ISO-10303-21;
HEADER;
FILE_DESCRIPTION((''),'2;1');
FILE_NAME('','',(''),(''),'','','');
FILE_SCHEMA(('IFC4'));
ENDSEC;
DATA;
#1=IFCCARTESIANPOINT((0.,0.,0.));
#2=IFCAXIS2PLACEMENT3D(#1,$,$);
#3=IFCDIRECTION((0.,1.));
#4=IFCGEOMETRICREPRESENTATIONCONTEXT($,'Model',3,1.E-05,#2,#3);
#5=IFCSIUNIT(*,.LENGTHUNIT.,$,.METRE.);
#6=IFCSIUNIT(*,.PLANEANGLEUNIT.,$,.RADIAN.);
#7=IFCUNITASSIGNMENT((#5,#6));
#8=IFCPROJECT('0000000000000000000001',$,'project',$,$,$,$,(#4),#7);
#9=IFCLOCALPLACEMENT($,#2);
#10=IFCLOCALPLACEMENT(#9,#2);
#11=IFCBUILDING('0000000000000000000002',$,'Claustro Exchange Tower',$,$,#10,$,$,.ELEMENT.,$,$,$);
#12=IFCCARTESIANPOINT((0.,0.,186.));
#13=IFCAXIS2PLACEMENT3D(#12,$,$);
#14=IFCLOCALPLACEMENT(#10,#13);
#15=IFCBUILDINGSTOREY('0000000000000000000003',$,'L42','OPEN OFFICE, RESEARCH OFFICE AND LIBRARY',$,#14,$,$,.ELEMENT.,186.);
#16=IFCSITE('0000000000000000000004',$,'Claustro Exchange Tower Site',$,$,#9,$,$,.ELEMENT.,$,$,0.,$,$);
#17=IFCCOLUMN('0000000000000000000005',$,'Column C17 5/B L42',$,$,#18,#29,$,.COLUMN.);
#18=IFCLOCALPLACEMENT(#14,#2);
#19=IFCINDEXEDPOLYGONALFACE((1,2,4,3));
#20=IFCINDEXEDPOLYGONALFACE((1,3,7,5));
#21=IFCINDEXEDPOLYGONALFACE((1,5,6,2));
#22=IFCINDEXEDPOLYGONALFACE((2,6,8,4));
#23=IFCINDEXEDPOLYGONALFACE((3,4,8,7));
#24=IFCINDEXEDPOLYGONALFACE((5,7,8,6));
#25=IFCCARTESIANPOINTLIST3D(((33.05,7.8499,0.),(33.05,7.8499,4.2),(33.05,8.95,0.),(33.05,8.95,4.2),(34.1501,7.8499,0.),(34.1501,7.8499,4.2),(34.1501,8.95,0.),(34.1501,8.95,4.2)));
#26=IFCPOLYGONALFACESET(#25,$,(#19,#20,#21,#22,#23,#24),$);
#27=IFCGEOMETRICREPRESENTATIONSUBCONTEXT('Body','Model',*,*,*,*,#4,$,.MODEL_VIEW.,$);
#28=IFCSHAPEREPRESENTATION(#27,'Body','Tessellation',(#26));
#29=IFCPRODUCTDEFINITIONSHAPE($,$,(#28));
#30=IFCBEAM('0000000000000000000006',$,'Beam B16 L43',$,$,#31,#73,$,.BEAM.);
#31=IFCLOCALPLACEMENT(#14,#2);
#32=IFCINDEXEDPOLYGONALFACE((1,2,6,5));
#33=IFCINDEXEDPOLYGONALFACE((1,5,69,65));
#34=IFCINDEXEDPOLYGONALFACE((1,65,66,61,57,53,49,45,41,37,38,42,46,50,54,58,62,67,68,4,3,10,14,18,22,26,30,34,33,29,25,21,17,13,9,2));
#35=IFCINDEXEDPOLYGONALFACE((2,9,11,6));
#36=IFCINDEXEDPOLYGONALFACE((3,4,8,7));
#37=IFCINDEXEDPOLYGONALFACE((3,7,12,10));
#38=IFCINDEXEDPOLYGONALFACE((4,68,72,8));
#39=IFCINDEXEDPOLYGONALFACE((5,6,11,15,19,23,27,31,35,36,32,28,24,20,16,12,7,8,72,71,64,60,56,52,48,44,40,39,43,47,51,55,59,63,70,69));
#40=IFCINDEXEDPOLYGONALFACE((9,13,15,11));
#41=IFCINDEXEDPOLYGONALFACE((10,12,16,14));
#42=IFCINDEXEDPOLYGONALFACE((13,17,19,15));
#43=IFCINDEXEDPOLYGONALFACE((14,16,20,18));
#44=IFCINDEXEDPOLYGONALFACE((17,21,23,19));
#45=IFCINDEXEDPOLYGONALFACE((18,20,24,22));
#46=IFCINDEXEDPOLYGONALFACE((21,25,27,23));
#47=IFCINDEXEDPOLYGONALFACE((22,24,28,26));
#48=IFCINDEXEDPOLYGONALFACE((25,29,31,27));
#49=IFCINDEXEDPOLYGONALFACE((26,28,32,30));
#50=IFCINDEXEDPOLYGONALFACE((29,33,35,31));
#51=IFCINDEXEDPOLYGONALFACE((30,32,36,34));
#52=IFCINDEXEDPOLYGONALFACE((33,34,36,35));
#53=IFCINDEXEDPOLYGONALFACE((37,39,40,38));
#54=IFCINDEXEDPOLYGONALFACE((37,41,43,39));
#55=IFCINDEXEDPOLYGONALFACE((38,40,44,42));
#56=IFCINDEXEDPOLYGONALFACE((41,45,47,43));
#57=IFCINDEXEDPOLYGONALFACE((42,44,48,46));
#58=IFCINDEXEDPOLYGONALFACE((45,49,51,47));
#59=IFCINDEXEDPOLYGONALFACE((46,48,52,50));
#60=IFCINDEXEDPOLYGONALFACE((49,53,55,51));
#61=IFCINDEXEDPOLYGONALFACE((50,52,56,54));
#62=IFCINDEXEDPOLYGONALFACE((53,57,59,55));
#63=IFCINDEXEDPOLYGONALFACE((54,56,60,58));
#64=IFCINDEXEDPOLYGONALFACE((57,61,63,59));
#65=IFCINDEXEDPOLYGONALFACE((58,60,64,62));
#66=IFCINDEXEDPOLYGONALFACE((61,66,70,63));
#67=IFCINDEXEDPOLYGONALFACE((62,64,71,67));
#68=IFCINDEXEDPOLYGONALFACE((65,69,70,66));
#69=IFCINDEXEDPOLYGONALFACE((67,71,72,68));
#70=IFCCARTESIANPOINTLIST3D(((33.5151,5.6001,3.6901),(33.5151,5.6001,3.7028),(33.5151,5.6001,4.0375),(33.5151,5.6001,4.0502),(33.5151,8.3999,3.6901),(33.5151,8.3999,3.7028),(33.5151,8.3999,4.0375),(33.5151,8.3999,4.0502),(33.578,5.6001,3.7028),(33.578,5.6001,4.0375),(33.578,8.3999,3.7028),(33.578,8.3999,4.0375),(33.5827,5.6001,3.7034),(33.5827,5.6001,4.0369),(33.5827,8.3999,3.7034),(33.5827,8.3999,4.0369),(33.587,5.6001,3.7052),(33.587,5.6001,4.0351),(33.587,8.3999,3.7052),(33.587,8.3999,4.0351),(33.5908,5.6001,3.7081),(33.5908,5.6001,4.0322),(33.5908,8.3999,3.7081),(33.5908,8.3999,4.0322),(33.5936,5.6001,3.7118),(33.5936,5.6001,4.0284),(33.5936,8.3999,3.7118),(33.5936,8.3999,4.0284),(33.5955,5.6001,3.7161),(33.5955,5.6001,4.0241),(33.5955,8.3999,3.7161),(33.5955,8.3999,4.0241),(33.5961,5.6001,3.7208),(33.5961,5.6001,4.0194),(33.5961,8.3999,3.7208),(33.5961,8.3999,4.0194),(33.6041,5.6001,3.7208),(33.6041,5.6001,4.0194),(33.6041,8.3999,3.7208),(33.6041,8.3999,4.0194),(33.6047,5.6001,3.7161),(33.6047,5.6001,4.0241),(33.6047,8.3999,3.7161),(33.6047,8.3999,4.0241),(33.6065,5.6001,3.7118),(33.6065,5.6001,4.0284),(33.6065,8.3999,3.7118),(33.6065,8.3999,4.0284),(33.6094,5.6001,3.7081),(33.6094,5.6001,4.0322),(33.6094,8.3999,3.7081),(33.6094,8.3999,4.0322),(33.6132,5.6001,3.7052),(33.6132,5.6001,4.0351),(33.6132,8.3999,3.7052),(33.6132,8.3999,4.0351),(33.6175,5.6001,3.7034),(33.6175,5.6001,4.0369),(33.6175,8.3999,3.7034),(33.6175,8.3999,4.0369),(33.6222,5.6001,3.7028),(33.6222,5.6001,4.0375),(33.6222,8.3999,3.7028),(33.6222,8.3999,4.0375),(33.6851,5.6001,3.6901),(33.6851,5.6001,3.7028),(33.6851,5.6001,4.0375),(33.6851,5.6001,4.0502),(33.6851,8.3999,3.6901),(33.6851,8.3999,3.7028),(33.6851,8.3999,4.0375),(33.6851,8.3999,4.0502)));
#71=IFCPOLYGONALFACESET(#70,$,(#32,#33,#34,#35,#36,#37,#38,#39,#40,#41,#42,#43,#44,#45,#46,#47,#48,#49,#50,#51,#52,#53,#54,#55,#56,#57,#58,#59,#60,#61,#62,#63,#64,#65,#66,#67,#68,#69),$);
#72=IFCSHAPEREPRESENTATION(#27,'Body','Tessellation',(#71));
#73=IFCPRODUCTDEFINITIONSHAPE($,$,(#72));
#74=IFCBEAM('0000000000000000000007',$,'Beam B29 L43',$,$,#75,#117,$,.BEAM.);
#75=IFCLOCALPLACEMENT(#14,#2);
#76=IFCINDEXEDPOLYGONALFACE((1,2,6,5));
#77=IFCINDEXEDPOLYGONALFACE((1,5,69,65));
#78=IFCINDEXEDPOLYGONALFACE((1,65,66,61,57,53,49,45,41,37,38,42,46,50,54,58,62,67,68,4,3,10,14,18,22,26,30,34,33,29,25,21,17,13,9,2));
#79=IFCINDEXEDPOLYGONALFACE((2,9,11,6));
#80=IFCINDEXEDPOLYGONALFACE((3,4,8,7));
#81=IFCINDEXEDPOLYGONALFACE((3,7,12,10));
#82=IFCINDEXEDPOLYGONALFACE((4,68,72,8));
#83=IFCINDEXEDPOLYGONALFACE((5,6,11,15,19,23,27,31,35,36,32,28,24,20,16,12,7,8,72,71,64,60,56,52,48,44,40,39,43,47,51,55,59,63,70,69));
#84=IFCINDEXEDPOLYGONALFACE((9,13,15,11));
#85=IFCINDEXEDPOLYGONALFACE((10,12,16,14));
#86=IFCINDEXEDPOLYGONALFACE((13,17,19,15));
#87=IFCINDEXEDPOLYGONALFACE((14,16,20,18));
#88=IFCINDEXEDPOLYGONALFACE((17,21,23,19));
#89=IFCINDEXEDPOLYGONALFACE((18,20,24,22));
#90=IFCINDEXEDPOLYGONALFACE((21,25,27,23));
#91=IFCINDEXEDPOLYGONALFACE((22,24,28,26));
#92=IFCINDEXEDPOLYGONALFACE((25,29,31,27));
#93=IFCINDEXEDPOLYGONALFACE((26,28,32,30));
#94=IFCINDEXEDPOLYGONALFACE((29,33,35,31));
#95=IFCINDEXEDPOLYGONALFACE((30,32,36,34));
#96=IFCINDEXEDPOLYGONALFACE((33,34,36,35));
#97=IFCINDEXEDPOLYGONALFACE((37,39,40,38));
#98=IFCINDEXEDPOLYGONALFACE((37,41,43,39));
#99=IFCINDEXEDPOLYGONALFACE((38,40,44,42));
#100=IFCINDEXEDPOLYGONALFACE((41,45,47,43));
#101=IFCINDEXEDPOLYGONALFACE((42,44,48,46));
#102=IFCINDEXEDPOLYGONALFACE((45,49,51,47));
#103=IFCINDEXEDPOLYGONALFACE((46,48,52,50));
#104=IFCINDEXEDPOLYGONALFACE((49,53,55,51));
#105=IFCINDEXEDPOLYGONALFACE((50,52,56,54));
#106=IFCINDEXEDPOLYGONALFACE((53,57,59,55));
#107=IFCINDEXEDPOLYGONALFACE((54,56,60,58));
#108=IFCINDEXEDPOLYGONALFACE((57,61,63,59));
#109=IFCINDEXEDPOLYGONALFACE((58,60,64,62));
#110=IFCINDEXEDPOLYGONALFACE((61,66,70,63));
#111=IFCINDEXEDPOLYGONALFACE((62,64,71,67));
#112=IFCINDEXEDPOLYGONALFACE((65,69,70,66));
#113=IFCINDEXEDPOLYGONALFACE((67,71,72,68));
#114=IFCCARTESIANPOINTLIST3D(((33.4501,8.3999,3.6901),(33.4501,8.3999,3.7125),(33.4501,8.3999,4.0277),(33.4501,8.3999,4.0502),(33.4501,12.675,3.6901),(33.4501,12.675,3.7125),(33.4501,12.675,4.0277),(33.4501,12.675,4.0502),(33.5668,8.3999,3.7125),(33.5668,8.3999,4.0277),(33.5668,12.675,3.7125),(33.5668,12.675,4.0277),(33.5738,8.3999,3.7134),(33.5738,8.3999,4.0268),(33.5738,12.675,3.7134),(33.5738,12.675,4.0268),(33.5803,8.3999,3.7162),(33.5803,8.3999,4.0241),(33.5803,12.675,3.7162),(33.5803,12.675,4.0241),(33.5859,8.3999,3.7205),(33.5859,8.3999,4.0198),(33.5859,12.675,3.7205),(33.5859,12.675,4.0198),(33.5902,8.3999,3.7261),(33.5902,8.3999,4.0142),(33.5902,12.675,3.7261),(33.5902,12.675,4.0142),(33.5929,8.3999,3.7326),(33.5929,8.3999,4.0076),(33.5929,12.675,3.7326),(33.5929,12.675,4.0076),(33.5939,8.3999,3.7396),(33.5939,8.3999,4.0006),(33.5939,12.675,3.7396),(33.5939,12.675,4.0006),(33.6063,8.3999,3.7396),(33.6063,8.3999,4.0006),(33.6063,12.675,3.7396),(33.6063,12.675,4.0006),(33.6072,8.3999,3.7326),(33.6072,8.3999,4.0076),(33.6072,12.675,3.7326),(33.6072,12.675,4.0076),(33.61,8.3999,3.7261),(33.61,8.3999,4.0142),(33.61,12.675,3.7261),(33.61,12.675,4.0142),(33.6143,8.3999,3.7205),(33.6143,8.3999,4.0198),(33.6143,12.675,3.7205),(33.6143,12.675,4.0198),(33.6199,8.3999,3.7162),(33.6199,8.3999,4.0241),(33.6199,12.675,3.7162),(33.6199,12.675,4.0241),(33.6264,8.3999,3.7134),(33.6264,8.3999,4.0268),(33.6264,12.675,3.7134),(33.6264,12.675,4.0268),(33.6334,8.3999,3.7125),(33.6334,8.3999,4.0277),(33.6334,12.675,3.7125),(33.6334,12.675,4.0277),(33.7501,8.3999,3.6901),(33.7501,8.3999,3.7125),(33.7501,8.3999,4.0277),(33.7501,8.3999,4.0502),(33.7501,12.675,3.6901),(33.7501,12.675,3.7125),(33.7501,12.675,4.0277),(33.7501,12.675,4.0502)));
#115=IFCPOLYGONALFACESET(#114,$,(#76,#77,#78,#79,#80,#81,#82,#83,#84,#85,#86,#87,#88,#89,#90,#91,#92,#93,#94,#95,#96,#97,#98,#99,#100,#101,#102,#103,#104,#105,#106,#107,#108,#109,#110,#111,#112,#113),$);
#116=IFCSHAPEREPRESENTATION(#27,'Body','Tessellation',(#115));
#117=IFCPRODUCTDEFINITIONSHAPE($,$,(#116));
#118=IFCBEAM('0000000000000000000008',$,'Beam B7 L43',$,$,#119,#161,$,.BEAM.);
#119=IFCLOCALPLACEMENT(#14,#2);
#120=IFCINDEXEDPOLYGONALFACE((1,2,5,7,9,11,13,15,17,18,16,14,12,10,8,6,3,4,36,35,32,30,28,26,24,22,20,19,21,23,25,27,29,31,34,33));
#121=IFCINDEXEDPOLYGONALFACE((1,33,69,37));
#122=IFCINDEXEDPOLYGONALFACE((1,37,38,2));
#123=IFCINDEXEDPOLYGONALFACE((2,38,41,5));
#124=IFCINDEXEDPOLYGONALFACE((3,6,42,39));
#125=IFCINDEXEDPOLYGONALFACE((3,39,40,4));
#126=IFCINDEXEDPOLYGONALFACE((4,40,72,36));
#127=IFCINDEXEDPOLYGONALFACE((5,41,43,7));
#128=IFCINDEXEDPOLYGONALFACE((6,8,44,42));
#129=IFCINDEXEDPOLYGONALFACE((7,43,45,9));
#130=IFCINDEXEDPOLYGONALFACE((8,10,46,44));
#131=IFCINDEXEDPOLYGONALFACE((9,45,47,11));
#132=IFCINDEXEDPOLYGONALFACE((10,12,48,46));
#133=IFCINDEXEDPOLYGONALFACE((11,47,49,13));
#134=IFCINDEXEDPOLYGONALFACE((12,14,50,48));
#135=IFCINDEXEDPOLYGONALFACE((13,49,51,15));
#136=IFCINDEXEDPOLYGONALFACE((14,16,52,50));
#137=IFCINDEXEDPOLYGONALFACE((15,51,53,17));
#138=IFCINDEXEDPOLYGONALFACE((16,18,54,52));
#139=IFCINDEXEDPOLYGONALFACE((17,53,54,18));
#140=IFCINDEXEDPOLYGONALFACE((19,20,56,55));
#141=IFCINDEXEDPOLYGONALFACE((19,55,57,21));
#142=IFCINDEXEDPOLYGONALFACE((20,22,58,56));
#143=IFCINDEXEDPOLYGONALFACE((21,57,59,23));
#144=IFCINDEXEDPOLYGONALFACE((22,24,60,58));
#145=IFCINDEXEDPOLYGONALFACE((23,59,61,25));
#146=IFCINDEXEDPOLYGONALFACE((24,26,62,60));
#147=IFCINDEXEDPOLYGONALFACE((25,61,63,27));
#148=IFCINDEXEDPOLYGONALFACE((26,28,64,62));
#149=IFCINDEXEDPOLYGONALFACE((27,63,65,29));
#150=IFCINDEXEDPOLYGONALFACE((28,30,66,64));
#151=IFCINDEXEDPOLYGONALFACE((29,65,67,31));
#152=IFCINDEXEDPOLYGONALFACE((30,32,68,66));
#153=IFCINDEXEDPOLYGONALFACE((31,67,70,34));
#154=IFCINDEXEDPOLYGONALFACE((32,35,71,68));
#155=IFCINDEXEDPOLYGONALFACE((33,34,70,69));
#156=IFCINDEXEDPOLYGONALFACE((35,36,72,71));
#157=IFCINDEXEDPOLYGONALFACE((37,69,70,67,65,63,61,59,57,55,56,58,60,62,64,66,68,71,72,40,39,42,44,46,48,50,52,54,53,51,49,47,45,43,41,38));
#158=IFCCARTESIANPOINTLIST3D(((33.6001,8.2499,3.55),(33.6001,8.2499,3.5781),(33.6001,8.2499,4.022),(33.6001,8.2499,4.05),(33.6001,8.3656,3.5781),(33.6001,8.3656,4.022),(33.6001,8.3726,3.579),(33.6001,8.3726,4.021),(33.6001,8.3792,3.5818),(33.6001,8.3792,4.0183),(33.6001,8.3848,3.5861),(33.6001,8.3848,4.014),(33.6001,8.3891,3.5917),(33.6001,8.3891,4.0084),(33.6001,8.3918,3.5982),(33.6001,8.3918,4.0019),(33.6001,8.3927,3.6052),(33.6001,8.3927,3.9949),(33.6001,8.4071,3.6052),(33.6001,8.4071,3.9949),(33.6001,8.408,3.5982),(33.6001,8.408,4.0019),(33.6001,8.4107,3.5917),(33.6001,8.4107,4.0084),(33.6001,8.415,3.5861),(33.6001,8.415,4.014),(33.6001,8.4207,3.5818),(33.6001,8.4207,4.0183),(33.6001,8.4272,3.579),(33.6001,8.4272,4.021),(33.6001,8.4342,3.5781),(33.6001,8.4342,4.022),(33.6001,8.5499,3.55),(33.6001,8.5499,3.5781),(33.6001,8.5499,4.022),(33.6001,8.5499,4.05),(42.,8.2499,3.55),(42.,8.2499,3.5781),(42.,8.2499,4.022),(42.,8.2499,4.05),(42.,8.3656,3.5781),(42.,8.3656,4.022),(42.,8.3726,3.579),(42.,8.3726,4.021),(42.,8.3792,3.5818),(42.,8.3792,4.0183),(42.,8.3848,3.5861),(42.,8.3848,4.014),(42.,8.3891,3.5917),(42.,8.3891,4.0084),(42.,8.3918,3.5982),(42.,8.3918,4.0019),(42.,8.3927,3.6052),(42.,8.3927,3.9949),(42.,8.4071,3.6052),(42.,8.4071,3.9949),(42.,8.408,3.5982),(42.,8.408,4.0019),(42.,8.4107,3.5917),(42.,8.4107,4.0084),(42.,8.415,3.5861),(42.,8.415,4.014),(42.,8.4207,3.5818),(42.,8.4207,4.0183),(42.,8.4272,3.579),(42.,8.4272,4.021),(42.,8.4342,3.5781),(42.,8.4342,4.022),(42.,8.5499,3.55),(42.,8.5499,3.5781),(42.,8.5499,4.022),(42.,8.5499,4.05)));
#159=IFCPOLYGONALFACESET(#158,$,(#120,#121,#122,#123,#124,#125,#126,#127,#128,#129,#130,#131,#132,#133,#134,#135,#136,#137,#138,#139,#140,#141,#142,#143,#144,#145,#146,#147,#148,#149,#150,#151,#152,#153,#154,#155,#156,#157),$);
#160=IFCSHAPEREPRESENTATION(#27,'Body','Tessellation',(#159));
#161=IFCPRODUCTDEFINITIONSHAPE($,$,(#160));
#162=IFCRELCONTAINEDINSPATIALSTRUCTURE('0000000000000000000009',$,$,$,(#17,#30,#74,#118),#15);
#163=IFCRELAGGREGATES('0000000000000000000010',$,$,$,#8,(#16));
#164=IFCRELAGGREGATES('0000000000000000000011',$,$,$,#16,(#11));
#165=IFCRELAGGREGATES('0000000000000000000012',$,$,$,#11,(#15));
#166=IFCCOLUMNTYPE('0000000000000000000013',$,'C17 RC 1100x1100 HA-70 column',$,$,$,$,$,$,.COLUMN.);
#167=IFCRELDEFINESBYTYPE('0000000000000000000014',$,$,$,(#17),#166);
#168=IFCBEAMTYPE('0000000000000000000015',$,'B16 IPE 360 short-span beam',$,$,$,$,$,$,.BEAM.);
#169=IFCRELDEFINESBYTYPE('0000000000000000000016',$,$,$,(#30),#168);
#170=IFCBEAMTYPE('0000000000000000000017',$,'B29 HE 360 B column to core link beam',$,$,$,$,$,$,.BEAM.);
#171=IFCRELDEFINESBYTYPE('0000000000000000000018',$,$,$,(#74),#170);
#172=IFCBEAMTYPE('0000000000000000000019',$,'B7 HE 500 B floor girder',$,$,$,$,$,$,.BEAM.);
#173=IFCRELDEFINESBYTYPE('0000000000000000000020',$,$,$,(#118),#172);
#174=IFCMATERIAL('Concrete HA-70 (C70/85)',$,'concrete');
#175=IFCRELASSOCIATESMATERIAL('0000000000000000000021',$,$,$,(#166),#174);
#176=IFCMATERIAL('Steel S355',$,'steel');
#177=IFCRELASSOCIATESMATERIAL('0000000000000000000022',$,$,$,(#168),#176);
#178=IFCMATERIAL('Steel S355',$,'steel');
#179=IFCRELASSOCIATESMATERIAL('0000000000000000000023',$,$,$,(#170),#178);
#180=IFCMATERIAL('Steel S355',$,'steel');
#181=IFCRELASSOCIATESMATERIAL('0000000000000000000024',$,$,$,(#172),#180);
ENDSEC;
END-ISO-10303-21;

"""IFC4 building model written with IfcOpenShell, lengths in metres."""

from ifc_helpers import new_model, si_unit, direction, frame, origin, origin_2d, place, context, subcontext, project, spatial, rectangle, i_section, extrude, material, material_profile, profile_set, type_object, element, save


model = new_model("IFC4")

# Units and contexts
model_context = context("Model", 3, precision=1e-05, world=origin(), true_north=direction((0.0, 1.0)))
body_context = subcontext(model_context, "Body", "Model", "MODEL_VIEW")
ifc_project = project(units=[si_unit("LENGTHUNIT", "METRE"), si_unit("PLANEANGLEUNIT", "RADIAN")], contexts=[model_context])

# Site, building, storey
site_placement = place(None, origin())
site = spatial("IfcSite", under=ifc_project, at=site_placement, Name="Claustro Exchange Tower Site", CompositionType="ELEMENT", RefElevation=0.0)
building_placement = place(site_placement, origin())
building = spatial("IfcBuilding", under=site, at=building_placement, Name="Claustro Exchange Tower", CompositionType="ELEMENT")
storey_placement = place(building_placement, frame((0.0, 0.0, 186.0)))
storey = spatial("IfcBuildingStorey", under=building, at=storey_placement, Name="L42", Description="OPEN OFFICE, RESEARCH OFFICE AND LIBRARY", CompositionType="ELEMENT", Elevation=186.0)

# Column
ifc_material_1 = material(Name="Concrete HA-70 (C70/85)", Category="concrete")
ifc_material_profile_1 = material_profile(ifc_material_1, rectangle(XDim=1.1001, YDim=1.1001, at=origin_2d()), Name="RC 1100x1100")
ifc_profile_set_1 = profile_set([ifc_material_profile_1], Name="Concrete HA-70 (C70/85)")
column_type = type_object("IfcColumnType", Name="C17 RC 1100x1100 HA-70 column", PredefinedType="COLUMN", material=ifc_profile_set_1)
column_placement = place(storey_placement, frame((33.6001, 8.3999, 0.0), z_axis=(0.0, 0.0, 1.0), x_axis=(1.0, 0.0, 0.0)))
element("IfcColumn", 1, at=column_placement, inside=storey, type_object=column_type, Name="Column C17 5/B L42", PredefinedType="COLUMN", context=body_context, shape_type="SweptSolid", body=[
    extrude(rectangle(XDim=1.1001, YDim=1.1001, at=origin_2d()), origin(), (0.0, 0.0, 1.0), 4.2),
])

# Beams
ifc_material_2 = material(Name="Steel S355", Category="steel")
ifc_material_profile_2 = material_profile(ifc_material_2, i_section(OverallWidth=0.1699, OverallDepth=0.3601, WebThickness=0.0081, FlangeThickness=0.0127, FilletRadius=0.0181, at=origin_2d()), Name="IPE 360")
ifc_profile_set_2 = profile_set([ifc_material_profile_2], Name="Steel S355")
beam_type_1 = type_object("IfcBeamType", Name="B16 IPE 360 short-span beam", PredefinedType="BEAM", material=ifc_profile_set_2)
beam_1_placement = place(storey_placement, frame((33.6001, 5.6001, 3.8701), z_axis=(0.0, 1.0, 0.0), x_axis=(-1.0, 0.0, 0.0)))
element("IfcBeam", 2, at=beam_1_placement, inside=storey, type_object=beam_type_1, Name="Beam B16 L43", PredefinedType="BEAM", context=body_context, shape_type="SweptSolid", body=[
    extrude(i_section(OverallWidth=0.1699, OverallDepth=0.3601, WebThickness=0.0081, FlangeThickness=0.0127, FilletRadius=0.0181, at=origin_2d()), origin(), (0.0, 0.0, 1.0), 2.7998),
])
ifc_material_3 = material(Name="Steel S355", Category="steel")
ifc_material_profile_3 = material_profile(ifc_material_3, i_section(OverallWidth=0.3, OverallDepth=0.3601, WebThickness=0.0125, FlangeThickness=0.0225, FilletRadius=0.0271, at=origin_2d()), Name="HE 360 B")
ifc_profile_set_3 = profile_set([ifc_material_profile_3], Name="Steel S355")
beam_type_2 = type_object("IfcBeamType", Name="B29 HE 360 B column to core link beam", PredefinedType="BEAM", material=ifc_profile_set_3)
beam_2_placement = place(storey_placement, frame((33.6001, 8.3999, 3.8701), z_axis=(0.0, 1.0, 0.0), x_axis=(-1.0, 0.0, 0.0)))
element("IfcBeam", 3, at=beam_2_placement, inside=storey, type_object=beam_type_2, Name="Beam B29 L43", PredefinedType="BEAM", context=body_context, shape_type="SweptSolid", body=[
    extrude(i_section(OverallWidth=0.3, OverallDepth=0.3601, WebThickness=0.0125, FlangeThickness=0.0225, FilletRadius=0.0271, at=origin_2d()), origin(), (0.0, 0.0, 1.0), 4.2751),
])
ifc_material_4 = material(Name="Steel S355", Category="steel")
ifc_material_profile_4 = material_profile(ifc_material_4, i_section(OverallWidth=0.3, OverallDepth=0.5, WebThickness=0.0144, FlangeThickness=0.0281, FilletRadius=0.0271, at=origin_2d()), Name="HE 500 B")
ifc_profile_set_4 = profile_set([ifc_material_profile_4], Name="Steel S355")
beam_type_3 = type_object("IfcBeamType", Name="B7 HE 500 B floor girder", PredefinedType="BEAM", material=ifc_profile_set_4)
beam_3_placement = place(storey_placement, frame((33.6001, 8.3999, 3.8), z_axis=(1.0, 0.0, 0.0), x_axis=(0.0, 1.0, 0.0)))
element("IfcBeam", 4, at=beam_3_placement, inside=storey, type_object=beam_type_3, Name="Beam B7 L43", PredefinedType="BEAM", context=body_context, shape_type="SweptSolid", body=[
    extrude(i_section(OverallWidth=0.3, OverallDepth=0.5, WebThickness=0.0144, FlangeThickness=0.0281, FilletRadius=0.0271, at=origin_2d()), origin(), (0.0, 0.0, 1.0), 8.3999),
])

save(model, "model.ifc")
